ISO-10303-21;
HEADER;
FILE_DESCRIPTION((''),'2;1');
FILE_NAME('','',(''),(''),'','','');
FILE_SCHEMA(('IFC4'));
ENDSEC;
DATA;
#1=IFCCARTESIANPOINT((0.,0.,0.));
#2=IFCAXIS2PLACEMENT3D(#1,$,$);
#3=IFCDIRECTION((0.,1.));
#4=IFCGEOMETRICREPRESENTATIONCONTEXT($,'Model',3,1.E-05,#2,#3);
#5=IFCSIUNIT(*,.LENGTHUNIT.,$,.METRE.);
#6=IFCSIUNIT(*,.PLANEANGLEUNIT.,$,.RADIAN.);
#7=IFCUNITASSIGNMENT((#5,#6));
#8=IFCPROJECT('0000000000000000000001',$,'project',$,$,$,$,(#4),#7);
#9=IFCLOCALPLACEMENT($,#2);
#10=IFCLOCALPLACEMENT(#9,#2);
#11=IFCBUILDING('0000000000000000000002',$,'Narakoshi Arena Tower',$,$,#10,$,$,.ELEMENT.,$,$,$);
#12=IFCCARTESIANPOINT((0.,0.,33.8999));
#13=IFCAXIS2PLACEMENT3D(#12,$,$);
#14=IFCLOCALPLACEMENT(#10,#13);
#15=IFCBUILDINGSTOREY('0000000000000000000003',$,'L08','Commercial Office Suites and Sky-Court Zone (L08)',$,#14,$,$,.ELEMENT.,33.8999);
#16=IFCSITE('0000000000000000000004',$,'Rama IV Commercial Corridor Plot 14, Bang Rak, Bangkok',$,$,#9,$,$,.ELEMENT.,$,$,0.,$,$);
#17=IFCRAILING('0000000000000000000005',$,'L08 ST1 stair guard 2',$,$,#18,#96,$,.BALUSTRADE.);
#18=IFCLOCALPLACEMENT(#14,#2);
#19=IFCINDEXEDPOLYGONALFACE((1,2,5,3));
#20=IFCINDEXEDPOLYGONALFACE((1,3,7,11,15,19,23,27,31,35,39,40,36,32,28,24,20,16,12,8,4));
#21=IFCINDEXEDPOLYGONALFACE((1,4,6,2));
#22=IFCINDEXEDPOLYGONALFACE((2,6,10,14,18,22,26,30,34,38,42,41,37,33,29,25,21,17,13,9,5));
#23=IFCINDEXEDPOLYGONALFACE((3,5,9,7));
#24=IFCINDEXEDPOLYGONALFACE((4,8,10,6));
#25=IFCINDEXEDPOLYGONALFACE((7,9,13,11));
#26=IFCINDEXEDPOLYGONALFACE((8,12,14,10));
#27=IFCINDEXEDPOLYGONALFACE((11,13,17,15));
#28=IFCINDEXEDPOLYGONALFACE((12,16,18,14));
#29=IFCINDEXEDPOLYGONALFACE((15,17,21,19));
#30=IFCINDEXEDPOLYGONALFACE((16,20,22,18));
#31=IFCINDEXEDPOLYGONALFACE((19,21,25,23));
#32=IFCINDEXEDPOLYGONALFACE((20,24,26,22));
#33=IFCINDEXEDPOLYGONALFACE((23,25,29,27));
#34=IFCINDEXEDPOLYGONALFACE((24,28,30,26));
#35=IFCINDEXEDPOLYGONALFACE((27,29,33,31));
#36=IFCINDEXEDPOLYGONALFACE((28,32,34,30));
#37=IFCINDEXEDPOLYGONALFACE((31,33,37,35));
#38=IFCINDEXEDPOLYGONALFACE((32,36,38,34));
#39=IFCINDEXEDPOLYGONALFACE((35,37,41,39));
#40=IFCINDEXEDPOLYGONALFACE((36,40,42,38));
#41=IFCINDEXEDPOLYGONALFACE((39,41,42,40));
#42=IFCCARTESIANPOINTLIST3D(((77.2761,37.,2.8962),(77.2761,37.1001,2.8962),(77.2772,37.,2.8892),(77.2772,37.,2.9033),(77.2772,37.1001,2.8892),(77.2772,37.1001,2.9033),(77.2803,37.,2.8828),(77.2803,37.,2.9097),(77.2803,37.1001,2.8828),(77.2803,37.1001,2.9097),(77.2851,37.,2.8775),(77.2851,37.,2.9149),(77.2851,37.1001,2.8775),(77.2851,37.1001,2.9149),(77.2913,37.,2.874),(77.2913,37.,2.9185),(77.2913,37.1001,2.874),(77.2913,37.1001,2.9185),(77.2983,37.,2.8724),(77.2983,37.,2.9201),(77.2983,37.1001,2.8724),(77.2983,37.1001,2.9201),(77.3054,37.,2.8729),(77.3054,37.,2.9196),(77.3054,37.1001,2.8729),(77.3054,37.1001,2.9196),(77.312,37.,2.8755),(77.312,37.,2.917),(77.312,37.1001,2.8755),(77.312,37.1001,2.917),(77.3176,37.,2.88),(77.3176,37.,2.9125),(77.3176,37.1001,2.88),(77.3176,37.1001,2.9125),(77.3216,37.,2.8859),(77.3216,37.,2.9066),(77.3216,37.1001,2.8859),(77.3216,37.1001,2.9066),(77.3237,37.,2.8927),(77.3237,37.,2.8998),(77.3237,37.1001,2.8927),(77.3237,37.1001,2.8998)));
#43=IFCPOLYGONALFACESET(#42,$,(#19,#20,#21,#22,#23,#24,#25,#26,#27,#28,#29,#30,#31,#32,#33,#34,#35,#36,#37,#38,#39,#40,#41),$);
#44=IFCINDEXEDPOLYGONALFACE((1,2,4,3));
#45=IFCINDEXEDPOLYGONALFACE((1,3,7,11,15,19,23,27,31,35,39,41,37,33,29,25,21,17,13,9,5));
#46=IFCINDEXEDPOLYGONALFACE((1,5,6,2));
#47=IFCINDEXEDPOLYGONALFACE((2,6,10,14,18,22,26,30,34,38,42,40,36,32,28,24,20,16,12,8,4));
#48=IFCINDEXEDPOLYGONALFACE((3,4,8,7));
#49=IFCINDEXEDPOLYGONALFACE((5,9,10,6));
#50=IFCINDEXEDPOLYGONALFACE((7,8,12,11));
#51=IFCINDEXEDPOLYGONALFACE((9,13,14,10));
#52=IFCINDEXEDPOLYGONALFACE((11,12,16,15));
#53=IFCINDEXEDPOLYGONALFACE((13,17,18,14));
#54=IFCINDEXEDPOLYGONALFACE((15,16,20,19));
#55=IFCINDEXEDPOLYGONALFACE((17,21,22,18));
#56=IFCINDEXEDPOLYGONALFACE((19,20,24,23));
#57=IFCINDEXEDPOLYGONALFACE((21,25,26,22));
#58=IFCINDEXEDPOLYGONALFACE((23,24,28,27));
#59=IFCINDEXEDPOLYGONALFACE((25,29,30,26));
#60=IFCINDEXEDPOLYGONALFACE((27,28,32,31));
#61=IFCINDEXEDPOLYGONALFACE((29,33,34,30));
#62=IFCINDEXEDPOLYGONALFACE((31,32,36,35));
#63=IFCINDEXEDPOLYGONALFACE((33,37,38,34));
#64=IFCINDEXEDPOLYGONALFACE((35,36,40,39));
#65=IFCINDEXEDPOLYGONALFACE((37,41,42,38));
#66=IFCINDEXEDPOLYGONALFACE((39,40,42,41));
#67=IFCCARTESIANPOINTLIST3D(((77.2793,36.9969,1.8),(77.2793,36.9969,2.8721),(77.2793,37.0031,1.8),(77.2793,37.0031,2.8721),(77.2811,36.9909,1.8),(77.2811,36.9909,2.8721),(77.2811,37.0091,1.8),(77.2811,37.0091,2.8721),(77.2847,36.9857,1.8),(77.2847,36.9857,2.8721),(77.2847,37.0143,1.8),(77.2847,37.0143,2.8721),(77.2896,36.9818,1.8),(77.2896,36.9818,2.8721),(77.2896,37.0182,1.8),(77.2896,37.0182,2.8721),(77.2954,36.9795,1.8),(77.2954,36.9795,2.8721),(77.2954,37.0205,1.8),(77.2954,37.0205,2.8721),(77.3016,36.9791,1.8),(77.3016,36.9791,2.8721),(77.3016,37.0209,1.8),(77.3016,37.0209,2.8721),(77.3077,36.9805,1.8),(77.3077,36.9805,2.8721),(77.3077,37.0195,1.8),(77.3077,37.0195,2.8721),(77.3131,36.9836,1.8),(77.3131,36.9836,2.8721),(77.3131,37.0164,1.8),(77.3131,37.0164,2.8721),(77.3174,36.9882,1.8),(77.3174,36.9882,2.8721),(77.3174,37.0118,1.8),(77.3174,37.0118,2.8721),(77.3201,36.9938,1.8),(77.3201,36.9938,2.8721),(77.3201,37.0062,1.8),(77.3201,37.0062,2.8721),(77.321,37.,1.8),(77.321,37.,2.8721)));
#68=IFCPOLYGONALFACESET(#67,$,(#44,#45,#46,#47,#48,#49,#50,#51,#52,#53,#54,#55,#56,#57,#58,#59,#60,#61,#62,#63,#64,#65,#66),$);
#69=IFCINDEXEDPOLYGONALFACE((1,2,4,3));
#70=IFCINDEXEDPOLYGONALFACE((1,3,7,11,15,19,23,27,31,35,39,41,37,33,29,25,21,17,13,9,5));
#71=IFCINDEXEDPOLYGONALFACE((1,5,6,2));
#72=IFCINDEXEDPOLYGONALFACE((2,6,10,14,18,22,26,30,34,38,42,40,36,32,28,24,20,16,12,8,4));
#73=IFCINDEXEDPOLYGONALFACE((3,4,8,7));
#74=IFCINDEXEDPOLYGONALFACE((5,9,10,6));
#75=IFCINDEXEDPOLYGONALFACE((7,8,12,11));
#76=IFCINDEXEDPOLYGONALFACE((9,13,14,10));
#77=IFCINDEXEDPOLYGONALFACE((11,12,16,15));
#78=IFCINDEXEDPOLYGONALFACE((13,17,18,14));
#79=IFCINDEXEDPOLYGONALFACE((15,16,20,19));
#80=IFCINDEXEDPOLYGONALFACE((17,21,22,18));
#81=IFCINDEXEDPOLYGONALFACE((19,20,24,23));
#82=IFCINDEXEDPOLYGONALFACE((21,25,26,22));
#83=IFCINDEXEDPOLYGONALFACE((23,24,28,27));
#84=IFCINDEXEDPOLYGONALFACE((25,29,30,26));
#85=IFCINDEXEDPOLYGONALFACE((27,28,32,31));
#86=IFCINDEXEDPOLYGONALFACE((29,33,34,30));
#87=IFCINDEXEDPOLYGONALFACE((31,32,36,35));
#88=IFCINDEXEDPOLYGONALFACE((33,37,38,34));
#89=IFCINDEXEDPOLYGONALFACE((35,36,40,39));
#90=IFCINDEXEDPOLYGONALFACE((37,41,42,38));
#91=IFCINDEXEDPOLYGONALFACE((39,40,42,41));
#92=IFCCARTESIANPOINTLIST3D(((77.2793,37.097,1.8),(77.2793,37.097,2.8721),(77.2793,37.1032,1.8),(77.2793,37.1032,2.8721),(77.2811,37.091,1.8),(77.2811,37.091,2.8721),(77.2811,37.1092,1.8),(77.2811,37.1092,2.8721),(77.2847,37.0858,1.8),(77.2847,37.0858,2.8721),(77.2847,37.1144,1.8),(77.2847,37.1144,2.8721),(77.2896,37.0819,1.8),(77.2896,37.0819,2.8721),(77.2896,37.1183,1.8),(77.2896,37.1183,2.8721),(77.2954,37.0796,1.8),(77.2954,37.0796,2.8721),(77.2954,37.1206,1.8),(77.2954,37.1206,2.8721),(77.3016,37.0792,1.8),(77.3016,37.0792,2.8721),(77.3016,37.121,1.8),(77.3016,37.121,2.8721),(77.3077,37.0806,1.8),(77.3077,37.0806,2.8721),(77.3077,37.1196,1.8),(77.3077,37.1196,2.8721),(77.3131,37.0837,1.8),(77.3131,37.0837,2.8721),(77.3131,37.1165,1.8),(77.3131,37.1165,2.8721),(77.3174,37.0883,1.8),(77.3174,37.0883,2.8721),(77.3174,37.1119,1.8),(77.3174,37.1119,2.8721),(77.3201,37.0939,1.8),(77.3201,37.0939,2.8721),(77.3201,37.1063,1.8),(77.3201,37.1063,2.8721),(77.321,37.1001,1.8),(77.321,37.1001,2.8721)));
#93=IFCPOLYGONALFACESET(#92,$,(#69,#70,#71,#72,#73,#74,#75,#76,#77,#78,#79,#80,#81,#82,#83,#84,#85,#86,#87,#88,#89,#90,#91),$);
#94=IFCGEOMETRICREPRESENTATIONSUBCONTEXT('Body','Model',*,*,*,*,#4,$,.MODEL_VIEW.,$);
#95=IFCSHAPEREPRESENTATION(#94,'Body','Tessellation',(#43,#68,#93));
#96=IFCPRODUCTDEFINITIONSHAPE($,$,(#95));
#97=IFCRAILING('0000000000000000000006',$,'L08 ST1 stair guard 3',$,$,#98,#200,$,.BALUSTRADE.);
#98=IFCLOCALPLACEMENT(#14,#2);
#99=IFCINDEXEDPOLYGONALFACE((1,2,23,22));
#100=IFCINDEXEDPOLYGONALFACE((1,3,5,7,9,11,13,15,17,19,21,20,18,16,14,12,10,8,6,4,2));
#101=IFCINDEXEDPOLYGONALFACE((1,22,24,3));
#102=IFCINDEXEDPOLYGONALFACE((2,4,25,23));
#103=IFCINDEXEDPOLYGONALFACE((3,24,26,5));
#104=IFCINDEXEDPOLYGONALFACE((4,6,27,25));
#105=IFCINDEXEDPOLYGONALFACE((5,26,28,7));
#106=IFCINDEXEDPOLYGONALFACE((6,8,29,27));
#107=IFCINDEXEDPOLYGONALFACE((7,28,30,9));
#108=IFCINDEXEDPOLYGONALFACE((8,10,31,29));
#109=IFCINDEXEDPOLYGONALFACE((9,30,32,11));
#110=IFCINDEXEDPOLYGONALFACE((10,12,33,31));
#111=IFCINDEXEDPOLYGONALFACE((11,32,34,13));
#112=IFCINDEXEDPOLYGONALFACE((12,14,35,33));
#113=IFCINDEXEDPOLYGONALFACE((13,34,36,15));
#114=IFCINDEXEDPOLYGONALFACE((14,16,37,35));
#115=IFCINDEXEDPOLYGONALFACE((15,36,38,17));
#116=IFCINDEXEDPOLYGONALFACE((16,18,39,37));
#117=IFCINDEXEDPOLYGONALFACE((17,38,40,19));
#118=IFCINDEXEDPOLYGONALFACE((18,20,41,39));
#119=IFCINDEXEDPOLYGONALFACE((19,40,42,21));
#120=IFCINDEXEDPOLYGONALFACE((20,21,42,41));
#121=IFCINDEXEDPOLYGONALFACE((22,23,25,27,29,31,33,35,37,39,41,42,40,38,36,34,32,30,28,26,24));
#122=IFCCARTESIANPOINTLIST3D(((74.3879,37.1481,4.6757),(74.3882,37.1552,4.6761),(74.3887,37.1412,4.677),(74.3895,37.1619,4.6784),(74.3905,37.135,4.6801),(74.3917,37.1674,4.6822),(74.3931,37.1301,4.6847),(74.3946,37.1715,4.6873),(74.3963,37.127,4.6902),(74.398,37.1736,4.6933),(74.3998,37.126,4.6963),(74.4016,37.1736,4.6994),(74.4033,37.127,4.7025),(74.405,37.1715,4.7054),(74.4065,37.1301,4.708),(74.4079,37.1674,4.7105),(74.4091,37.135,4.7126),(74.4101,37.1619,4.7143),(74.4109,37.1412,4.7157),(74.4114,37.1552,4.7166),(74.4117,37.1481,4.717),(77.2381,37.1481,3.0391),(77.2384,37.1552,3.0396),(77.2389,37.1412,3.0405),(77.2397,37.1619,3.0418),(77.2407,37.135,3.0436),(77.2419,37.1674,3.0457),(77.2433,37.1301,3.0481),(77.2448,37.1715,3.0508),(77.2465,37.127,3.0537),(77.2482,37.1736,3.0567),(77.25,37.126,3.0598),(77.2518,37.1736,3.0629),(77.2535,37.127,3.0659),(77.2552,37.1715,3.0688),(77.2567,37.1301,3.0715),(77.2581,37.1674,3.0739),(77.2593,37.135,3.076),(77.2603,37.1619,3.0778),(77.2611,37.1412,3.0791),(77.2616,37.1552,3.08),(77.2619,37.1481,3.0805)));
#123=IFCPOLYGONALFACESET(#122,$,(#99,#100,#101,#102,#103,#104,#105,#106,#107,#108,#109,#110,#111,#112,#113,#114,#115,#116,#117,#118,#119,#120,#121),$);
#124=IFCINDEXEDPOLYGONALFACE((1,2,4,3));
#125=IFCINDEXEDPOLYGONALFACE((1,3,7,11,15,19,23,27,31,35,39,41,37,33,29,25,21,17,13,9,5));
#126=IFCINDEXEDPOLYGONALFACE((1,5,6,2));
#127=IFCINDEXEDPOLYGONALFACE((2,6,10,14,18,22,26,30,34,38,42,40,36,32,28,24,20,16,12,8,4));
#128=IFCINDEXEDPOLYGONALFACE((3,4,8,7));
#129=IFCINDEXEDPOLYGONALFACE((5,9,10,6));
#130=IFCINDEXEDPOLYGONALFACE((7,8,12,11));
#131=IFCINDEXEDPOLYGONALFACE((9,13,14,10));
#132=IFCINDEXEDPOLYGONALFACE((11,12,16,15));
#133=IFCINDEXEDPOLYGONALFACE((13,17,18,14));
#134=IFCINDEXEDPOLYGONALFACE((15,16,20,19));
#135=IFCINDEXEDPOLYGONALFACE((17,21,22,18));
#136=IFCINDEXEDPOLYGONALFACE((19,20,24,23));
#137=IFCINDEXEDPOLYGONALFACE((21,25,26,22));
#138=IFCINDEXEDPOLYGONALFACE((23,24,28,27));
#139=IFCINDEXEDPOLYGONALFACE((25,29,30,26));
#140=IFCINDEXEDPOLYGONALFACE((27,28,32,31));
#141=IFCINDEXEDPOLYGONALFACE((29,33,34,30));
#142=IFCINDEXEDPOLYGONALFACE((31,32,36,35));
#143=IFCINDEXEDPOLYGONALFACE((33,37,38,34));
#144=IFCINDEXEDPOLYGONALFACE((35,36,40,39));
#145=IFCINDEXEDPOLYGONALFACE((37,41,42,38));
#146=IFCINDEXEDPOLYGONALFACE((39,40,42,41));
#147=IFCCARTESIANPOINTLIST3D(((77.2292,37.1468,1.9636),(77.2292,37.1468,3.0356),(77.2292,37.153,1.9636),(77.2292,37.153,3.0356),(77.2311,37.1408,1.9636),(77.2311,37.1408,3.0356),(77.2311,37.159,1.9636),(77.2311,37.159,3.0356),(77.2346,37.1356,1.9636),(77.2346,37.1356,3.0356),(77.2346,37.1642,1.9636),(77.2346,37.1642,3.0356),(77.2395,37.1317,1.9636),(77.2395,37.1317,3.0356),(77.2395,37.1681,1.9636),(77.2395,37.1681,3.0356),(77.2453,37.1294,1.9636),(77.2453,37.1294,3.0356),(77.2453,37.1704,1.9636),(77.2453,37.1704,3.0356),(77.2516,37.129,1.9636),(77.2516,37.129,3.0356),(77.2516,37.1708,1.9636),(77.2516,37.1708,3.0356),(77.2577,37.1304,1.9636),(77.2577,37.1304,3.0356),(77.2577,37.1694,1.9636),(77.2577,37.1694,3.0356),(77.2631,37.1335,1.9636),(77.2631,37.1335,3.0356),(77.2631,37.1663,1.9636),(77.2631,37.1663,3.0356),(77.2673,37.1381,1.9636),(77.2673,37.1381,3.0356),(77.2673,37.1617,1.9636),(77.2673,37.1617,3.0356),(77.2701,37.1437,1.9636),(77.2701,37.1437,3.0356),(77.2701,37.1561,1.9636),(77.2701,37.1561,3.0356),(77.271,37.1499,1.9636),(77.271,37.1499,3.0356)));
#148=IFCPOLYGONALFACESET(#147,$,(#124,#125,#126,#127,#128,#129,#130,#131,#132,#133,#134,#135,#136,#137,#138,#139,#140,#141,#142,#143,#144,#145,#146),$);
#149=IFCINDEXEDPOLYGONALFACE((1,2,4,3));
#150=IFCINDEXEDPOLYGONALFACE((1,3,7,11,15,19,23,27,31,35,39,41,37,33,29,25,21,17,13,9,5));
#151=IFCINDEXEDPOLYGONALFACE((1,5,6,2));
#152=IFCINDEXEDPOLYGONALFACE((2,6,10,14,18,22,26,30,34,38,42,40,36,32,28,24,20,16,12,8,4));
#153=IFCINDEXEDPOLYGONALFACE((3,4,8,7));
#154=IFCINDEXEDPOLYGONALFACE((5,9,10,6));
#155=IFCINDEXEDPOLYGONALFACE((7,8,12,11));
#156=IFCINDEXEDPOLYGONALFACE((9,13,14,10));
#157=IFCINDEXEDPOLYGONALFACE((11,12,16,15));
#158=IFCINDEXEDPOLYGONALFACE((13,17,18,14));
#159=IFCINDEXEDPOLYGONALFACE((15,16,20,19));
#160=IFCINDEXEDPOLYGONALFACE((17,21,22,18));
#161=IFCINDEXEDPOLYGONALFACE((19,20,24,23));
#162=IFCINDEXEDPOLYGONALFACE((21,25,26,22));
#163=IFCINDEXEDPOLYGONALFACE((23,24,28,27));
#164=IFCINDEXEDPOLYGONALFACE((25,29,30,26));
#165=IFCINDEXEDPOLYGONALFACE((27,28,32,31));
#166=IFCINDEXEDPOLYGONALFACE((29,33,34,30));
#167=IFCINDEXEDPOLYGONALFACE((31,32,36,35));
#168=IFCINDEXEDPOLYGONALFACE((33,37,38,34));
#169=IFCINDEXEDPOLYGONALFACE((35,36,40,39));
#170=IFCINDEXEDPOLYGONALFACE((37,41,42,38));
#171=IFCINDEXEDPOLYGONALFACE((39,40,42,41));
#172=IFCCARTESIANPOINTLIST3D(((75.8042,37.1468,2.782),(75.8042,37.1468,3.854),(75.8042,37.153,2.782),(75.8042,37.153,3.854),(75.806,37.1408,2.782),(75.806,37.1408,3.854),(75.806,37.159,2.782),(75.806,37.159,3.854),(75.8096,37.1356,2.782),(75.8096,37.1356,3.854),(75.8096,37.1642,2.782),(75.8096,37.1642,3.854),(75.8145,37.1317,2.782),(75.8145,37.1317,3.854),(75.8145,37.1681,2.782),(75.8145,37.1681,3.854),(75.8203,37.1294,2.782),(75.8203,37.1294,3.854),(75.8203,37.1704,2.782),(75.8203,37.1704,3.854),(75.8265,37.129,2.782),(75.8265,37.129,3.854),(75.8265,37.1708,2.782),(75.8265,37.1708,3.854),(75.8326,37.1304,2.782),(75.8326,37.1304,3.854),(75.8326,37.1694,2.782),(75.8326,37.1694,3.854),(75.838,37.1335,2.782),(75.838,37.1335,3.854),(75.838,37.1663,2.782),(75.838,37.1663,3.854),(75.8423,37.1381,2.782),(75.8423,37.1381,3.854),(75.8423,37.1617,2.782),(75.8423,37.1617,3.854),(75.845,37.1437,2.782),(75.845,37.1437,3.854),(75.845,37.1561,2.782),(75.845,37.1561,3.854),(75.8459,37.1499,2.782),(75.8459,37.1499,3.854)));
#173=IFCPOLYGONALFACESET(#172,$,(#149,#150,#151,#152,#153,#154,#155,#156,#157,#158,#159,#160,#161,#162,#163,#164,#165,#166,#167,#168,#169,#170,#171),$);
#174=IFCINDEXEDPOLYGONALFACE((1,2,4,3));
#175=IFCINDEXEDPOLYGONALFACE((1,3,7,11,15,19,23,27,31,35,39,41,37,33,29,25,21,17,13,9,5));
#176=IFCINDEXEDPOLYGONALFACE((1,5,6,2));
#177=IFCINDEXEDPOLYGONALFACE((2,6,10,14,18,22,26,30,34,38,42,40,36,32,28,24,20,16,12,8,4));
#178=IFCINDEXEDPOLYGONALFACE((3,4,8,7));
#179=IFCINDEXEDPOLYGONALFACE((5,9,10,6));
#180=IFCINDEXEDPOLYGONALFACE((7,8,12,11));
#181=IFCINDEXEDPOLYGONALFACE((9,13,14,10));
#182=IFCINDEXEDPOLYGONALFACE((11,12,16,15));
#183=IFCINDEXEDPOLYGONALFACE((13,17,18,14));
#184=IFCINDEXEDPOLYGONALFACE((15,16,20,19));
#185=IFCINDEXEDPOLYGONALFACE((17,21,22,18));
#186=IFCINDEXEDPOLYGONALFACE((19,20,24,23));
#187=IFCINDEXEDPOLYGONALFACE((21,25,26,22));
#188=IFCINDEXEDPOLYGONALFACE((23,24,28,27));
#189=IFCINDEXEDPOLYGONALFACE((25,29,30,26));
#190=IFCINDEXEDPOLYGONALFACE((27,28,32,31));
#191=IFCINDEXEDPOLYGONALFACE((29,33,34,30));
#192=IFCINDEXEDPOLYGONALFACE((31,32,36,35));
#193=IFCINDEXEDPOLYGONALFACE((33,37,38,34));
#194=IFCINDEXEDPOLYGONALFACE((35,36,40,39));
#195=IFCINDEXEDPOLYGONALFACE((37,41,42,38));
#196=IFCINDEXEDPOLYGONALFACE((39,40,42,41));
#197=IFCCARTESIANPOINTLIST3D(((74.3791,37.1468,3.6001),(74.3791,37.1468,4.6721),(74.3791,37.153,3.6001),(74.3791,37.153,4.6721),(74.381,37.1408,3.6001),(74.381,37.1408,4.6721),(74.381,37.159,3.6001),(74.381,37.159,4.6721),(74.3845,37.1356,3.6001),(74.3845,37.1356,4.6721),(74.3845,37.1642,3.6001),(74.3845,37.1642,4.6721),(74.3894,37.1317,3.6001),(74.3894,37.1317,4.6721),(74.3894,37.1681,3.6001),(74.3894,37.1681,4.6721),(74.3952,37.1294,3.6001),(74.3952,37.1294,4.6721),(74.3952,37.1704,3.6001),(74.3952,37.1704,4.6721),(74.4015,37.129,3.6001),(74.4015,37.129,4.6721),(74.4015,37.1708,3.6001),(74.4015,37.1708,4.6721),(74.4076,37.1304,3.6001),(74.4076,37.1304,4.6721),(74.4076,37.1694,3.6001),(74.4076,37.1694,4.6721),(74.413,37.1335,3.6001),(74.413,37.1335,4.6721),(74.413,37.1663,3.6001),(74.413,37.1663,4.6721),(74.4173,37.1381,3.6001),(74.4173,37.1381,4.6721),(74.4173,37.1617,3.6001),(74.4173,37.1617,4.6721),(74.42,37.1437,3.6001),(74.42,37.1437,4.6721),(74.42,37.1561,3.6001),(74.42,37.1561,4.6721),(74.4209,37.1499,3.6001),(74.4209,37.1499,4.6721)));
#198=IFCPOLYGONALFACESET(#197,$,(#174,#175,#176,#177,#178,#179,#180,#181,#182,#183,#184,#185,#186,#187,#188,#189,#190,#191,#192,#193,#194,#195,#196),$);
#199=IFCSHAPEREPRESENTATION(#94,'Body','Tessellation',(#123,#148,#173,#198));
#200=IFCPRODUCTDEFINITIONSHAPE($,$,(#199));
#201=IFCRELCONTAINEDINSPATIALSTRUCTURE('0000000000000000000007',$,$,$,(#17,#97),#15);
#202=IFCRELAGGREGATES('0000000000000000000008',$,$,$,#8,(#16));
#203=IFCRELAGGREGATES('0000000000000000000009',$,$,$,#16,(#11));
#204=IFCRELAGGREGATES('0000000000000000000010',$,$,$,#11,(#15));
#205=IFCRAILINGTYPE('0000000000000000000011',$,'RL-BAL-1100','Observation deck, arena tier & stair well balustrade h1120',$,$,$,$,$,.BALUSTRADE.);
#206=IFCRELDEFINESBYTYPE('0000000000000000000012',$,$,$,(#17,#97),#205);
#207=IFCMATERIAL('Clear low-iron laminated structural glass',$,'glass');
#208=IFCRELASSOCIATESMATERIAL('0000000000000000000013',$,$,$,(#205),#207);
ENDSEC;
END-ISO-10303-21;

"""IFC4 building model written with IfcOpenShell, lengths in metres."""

from ifc_helpers import new_model, si_unit, direction, frame, origin, origin_2d, place, context, subcontext, project, spatial, circle, extrude, material, type_object, element, save


model = new_model("IFC4")

# Units and contexts
model_context = context("Model", 3, precision=1e-05, world=origin(), true_north=direction((0.0, 1.0)))
body_context = subcontext(model_context, "Body", "Model", "MODEL_VIEW")
ifc_project = project(units=[si_unit("LENGTHUNIT", "METRE"), si_unit("PLANEANGLEUNIT", "RADIAN")], contexts=[model_context])

# Site, building, storey
site_placement = place(None, origin())
site = spatial("IfcSite", under=ifc_project, at=site_placement, Name="Rama IV Commercial Corridor Plot 14, Bang Rak, Bangkok", CompositionType="ELEMENT", RefElevation=0.0)
building_placement = place(site_placement, origin())
building = spatial("IfcBuilding", under=site, at=building_placement, Name="Narakoshi Arena Tower", CompositionType="ELEMENT")
storey_placement = place(building_placement, frame((0.0, 0.0, 33.8999)))
storey = spatial("IfcBuildingStorey", under=building, at=storey_placement, Name="L08", Description="Commercial Office Suites and Sky-Court Zone (L08)", CompositionType="ELEMENT", Elevation=33.8999)

# Railings
ifc_material_1 = material(Name="Clear low-iron laminated structural glass", Category="glass")
railing_type_1 = type_object("IfcRailingType", Name="RL-BAL-1100", Description="Observation deck, arena tier & stair well balustrade h1120", PredefinedType="BALUSTRADE", material=ifc_material_1)
railing_1_placement = place(storey_placement, frame((77.3, 37.0, 1.8)))
element("IfcRailing", 1, at=railing_1_placement, inside=storey, type_object=railing_type_1, Name="L08 ST1 stair guard 2", PredefinedType="BALUSTRADE", context=body_context, shape_type="SweptSolid", body=[
    extrude(circle(Radius=0.0239, at=origin_2d()), frame((0.0, 0.0, 1.0962), z_axis=(0.0, 1.0, 0.0), x_axis=(-1.0, 0.0, 0.0)), (0.0, 0.0, 1.0), 0.1001),
    extrude(circle(Radius=0.021, at=origin_2d()), origin(), (0.0, 0.0, 1.0), 1.072),
    extrude(circle(Radius=0.021, at=origin_2d()), frame((0.0, 0.1001, 0.0)), (0.0, 0.0, 1.0), 1.072),
])
railing_2_placement = place(storey_placement, frame((77.25, 37.1499, 1.9636)))
element("IfcRailing", 2, at=railing_2_placement, inside=storey, type_object=railing_type_1, Name="L08 ST1 stair guard 3", PredefinedType="BALUSTRADE", context=body_context, shape_type="SweptSolid", body=[
    extrude(circle(Radius=0.0239, at=origin_2d()), frame((0.0, 0.0, 1.0962), z_axis=(-0.867213, 0.0, 0.497938), x_axis=(0.0, -1.0, 0.0)), (0.0, 0.0, 1.0), 3.2866),
    extrude(circle(Radius=0.021, at=origin_2d()), origin(), (0.0, 0.0, 1.0), 1.072),
    extrude(circle(Radius=0.021, at=origin_2d()), frame((-1.425, 0.0, 0.8184)), (0.0, 0.0, 1.0), 1.072),
    extrude(circle(Radius=0.021, at=origin_2d()), frame((-2.8501, 0.0, 1.6365)), (0.0, 0.0, 1.0), 1.072),
])

save(model, "model.ifc")
